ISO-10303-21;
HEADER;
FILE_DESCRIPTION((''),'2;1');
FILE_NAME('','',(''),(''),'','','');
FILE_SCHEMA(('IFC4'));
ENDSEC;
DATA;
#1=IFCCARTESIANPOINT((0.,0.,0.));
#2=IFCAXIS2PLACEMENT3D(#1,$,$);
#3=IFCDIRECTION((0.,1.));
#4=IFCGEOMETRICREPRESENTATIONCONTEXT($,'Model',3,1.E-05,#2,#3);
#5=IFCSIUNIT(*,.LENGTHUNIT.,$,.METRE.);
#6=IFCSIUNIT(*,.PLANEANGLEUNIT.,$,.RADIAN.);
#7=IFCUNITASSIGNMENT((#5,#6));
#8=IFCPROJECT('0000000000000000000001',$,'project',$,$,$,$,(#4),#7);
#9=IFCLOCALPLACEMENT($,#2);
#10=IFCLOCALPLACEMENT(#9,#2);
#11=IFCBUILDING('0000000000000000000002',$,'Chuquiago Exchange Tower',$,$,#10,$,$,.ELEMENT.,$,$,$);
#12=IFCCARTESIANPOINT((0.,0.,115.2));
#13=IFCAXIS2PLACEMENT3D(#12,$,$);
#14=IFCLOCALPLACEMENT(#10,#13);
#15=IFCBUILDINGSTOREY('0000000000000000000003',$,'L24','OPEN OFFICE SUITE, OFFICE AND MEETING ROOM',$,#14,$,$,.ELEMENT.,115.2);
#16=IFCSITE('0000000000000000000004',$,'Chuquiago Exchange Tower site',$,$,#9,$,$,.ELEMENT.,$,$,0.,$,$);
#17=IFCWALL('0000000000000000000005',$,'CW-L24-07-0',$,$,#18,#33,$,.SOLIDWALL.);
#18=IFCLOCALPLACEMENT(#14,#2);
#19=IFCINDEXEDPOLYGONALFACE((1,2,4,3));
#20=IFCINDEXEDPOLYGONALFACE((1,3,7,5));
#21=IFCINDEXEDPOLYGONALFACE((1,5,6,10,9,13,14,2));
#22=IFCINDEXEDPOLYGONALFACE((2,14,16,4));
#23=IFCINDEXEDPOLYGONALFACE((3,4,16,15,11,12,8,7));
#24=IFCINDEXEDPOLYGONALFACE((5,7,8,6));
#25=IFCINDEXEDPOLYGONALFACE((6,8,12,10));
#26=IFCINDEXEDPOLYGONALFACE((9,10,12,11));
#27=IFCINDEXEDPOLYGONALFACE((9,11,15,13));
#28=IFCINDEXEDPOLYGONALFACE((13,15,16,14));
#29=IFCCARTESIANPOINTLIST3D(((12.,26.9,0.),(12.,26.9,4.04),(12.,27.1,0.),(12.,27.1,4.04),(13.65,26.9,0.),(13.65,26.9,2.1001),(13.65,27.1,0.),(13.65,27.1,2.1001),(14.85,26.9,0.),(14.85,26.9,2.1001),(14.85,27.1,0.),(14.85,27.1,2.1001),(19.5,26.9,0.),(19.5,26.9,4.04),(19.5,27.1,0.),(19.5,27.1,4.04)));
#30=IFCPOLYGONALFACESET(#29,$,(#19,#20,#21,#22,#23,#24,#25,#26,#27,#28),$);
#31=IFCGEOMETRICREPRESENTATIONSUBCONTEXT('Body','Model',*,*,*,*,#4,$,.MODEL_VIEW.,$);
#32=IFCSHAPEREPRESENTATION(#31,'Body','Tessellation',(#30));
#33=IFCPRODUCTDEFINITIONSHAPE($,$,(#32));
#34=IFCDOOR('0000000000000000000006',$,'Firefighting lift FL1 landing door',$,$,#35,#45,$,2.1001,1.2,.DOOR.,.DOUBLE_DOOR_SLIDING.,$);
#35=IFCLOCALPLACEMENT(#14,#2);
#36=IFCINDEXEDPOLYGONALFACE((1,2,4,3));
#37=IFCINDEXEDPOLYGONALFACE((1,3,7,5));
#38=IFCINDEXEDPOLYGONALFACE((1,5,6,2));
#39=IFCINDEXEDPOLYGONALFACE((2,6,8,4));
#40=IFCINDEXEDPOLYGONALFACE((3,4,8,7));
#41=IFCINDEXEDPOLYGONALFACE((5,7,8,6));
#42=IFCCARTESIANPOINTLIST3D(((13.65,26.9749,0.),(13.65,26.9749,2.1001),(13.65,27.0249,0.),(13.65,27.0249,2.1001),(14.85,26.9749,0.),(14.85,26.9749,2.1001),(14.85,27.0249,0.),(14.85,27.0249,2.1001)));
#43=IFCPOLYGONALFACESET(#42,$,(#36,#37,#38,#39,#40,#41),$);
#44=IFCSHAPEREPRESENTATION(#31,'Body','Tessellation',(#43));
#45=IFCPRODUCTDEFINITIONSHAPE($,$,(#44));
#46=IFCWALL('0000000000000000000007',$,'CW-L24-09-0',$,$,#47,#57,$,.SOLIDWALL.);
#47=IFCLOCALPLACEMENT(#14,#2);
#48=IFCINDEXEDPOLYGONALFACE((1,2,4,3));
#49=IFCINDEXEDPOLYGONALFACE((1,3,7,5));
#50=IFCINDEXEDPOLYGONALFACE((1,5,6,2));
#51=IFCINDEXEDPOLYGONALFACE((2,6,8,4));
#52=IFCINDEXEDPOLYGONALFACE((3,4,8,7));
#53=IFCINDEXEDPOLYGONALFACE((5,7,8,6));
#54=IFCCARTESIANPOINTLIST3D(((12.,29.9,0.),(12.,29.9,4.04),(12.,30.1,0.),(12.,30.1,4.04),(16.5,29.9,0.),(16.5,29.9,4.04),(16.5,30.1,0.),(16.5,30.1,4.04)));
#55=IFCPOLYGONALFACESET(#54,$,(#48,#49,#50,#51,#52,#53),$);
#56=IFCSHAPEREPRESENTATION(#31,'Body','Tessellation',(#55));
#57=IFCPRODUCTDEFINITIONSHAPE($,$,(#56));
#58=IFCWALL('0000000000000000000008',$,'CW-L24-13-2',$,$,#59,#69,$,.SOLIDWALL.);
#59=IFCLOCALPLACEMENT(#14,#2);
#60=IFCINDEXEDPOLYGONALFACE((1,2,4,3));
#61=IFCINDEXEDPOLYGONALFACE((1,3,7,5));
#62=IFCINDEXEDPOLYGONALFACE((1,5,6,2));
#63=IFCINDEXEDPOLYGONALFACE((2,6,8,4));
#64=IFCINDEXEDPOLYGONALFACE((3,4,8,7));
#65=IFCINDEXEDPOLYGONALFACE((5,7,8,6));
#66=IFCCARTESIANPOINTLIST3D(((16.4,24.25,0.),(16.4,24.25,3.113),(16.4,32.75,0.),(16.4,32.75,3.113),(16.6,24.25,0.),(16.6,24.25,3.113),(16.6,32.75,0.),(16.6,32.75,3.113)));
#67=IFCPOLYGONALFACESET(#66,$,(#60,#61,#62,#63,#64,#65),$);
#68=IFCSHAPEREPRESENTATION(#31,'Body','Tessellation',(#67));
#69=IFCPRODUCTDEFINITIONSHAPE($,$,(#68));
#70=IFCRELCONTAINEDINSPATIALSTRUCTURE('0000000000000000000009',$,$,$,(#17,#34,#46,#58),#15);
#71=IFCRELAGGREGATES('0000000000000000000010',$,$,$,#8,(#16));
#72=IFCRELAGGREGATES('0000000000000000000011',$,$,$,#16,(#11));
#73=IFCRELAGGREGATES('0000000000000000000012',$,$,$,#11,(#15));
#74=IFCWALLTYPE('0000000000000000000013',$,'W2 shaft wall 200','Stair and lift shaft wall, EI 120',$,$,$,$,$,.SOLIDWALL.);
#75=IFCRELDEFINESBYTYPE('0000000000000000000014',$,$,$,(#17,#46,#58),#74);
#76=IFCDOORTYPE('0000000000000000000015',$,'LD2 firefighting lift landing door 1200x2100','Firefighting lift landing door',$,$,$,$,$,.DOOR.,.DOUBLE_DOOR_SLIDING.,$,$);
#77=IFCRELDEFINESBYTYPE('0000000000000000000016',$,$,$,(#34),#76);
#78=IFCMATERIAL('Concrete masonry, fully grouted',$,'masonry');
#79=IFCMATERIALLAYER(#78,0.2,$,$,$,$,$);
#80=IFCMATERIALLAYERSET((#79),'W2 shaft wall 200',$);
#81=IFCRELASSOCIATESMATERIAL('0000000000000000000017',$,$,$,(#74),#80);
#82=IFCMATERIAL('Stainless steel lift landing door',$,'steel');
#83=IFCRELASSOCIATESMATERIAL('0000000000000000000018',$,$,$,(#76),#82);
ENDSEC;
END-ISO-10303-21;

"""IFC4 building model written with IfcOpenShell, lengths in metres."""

from ifc_helpers import new_model, si_unit, direction, frame, frame_2d, origin, place, context, subcontext, project, spatial, rectangle, extrude, material, layer, layer_set, type_object, element, fill, save


model = new_model("IFC4")

# Units and contexts
model_context = context("Model", 3, precision=1e-05, world=origin(), true_north=direction((0.0, 1.0)))
body_context = subcontext(model_context, "Body", "Model", "MODEL_VIEW")
ifc_project = project(units=[si_unit("LENGTHUNIT", "METRE"), si_unit("PLANEANGLEUNIT", "RADIAN")], contexts=[model_context])

# Site, building, storey
site_placement = place(None, origin())
site = spatial("IfcSite", under=ifc_project, at=site_placement, Name="Chuquiago Exchange Tower site", CompositionType="ELEMENT", RefElevation=0.0)
building_placement = place(site_placement, origin())
building = spatial("IfcBuilding", under=site, at=building_placement, Name="Chuquiago Exchange Tower", CompositionType="ELEMENT")
storey_placement = place(building_placement, frame((0.0, 0.0, 115.2)))
storey = spatial("IfcBuildingStorey", under=building, at=storey_placement, Name="L24", Description="OPEN OFFICE SUITE, OFFICE AND MEETING ROOM", CompositionType="ELEMENT", Elevation=115.2)

# Shared definitions
ifc_material_1 = material(Name="Concrete masonry, fully grouted", Category="masonry")
ifc_layer_1 = layer(ifc_material_1, 0.2)
ifc_layer_set_1 = layer_set([ifc_layer_1], Name="W2 shaft wall 200")
wall_type_1 = type_object("IfcWallType", Name="W2 shaft wall 200", Description="Stair and lift shaft wall, EI 120", PredefinedType="SOLIDWALL", material=ifc_layer_set_1)

# Wall, opening, door
wall_1_placement = place(storey_placement, frame((12.0, 27.0, 0.0), z_axis=(0.0, 0.0, 1.0), x_axis=(1.0, 0.0, 0.0)))
wall_1 = element("IfcWall", 1, at=wall_1_placement, inside=storey, type_object=wall_type_1, Name="CW-L24-07-0", PredefinedType="SOLIDWALL", context=body_context, shape_type="SweptSolid", body=[
    extrude(rectangle(XDim=7.5, YDim=0.2, at=frame_2d((3.75, 0.0))), origin(), (0.0, 0.0, 1.0), 4.04),
])
opening_1_placement = place(wall_1_placement, frame((1.6499, 0.0, 0.0)))
opening_1 = element("IfcOpeningElement", 2, at=opening_1_placement, cuts=wall_1, PredefinedType="OPENING", context=body_context, shape_type="SweptSolid", body=[
    extrude(rectangle(XDim=1.2, YDim=2.1001, at=frame_2d((0.6001, 1.05))), frame((0.0, 0.1099, 0.0), z_axis=(0.0, -1.0, 0.0), x_axis=(1.0, 0.0, 0.0)), (0.0, 0.0, 1.0), 0.22),
])
ifc_material_2 = material(Name="Stainless steel lift landing door", Category="steel")
door_type_1 = type_object("IfcDoorType", Name="LD2 firefighting lift landing door 1200x2100", Description="Firefighting lift landing door", OperationType="DOUBLE_DOOR_SLIDING", PredefinedType="DOOR", material=ifc_material_2)
door_1_placement = place(opening_1_placement, origin())
door_1 = element("IfcDoor", 3, at=door_1_placement, inside=storey, type_object=door_type_1, Name="Firefighting lift FL1 landing door", OperationType="DOUBLE_DOOR_SLIDING", OverallHeight=2.1001, OverallWidth=1.2, PredefinedType="DOOR", context=body_context, shape_type="SweptSolid", body=[
    extrude(rectangle(XDim=1.2, YDim=2.1001, at=frame_2d((0.6001, 1.05))), frame((0.0, 0.0249, 0.0), z_axis=(0.0, -1.0, 0.0), x_axis=(1.0, 0.0, 0.0)), (0.0, 0.0, 1.0), 0.05),
])
fill(opening_1, door_1)

# Walls
wall_2_placement = place(storey_placement, frame((12.0, 30.0, 0.0), z_axis=(0.0, 0.0, 1.0), x_axis=(1.0, 0.0, 0.0)))
element("IfcWall", 4, at=wall_2_placement, inside=storey, type_object=wall_type_1, Name="CW-L24-09-0", PredefinedType="SOLIDWALL", context=body_context, shape_type="SweptSolid", body=[
    extrude(rectangle(XDim=4.5, YDim=0.2, at=frame_2d((2.25, 0.0))), origin(), (0.0, 0.0, 1.0), 4.04),
])
wall_3_placement = place(storey_placement, frame((16.5, 24.25, 0.0), z_axis=(0.0, 0.0, 1.0), x_axis=(0.0, 1.0, 0.0)))
element("IfcWall", 5, at=wall_3_placement, inside=storey, type_object=wall_type_1, Name="CW-L24-13-2", PredefinedType="SOLIDWALL", context=body_context, shape_type="SweptSolid", body=[
    extrude(rectangle(XDim=8.5, YDim=0.2, at=frame_2d((4.25, 0.0))), origin(), (0.0, 0.0, 1.0), 3.113),
])

save(model, "model.ifc")
